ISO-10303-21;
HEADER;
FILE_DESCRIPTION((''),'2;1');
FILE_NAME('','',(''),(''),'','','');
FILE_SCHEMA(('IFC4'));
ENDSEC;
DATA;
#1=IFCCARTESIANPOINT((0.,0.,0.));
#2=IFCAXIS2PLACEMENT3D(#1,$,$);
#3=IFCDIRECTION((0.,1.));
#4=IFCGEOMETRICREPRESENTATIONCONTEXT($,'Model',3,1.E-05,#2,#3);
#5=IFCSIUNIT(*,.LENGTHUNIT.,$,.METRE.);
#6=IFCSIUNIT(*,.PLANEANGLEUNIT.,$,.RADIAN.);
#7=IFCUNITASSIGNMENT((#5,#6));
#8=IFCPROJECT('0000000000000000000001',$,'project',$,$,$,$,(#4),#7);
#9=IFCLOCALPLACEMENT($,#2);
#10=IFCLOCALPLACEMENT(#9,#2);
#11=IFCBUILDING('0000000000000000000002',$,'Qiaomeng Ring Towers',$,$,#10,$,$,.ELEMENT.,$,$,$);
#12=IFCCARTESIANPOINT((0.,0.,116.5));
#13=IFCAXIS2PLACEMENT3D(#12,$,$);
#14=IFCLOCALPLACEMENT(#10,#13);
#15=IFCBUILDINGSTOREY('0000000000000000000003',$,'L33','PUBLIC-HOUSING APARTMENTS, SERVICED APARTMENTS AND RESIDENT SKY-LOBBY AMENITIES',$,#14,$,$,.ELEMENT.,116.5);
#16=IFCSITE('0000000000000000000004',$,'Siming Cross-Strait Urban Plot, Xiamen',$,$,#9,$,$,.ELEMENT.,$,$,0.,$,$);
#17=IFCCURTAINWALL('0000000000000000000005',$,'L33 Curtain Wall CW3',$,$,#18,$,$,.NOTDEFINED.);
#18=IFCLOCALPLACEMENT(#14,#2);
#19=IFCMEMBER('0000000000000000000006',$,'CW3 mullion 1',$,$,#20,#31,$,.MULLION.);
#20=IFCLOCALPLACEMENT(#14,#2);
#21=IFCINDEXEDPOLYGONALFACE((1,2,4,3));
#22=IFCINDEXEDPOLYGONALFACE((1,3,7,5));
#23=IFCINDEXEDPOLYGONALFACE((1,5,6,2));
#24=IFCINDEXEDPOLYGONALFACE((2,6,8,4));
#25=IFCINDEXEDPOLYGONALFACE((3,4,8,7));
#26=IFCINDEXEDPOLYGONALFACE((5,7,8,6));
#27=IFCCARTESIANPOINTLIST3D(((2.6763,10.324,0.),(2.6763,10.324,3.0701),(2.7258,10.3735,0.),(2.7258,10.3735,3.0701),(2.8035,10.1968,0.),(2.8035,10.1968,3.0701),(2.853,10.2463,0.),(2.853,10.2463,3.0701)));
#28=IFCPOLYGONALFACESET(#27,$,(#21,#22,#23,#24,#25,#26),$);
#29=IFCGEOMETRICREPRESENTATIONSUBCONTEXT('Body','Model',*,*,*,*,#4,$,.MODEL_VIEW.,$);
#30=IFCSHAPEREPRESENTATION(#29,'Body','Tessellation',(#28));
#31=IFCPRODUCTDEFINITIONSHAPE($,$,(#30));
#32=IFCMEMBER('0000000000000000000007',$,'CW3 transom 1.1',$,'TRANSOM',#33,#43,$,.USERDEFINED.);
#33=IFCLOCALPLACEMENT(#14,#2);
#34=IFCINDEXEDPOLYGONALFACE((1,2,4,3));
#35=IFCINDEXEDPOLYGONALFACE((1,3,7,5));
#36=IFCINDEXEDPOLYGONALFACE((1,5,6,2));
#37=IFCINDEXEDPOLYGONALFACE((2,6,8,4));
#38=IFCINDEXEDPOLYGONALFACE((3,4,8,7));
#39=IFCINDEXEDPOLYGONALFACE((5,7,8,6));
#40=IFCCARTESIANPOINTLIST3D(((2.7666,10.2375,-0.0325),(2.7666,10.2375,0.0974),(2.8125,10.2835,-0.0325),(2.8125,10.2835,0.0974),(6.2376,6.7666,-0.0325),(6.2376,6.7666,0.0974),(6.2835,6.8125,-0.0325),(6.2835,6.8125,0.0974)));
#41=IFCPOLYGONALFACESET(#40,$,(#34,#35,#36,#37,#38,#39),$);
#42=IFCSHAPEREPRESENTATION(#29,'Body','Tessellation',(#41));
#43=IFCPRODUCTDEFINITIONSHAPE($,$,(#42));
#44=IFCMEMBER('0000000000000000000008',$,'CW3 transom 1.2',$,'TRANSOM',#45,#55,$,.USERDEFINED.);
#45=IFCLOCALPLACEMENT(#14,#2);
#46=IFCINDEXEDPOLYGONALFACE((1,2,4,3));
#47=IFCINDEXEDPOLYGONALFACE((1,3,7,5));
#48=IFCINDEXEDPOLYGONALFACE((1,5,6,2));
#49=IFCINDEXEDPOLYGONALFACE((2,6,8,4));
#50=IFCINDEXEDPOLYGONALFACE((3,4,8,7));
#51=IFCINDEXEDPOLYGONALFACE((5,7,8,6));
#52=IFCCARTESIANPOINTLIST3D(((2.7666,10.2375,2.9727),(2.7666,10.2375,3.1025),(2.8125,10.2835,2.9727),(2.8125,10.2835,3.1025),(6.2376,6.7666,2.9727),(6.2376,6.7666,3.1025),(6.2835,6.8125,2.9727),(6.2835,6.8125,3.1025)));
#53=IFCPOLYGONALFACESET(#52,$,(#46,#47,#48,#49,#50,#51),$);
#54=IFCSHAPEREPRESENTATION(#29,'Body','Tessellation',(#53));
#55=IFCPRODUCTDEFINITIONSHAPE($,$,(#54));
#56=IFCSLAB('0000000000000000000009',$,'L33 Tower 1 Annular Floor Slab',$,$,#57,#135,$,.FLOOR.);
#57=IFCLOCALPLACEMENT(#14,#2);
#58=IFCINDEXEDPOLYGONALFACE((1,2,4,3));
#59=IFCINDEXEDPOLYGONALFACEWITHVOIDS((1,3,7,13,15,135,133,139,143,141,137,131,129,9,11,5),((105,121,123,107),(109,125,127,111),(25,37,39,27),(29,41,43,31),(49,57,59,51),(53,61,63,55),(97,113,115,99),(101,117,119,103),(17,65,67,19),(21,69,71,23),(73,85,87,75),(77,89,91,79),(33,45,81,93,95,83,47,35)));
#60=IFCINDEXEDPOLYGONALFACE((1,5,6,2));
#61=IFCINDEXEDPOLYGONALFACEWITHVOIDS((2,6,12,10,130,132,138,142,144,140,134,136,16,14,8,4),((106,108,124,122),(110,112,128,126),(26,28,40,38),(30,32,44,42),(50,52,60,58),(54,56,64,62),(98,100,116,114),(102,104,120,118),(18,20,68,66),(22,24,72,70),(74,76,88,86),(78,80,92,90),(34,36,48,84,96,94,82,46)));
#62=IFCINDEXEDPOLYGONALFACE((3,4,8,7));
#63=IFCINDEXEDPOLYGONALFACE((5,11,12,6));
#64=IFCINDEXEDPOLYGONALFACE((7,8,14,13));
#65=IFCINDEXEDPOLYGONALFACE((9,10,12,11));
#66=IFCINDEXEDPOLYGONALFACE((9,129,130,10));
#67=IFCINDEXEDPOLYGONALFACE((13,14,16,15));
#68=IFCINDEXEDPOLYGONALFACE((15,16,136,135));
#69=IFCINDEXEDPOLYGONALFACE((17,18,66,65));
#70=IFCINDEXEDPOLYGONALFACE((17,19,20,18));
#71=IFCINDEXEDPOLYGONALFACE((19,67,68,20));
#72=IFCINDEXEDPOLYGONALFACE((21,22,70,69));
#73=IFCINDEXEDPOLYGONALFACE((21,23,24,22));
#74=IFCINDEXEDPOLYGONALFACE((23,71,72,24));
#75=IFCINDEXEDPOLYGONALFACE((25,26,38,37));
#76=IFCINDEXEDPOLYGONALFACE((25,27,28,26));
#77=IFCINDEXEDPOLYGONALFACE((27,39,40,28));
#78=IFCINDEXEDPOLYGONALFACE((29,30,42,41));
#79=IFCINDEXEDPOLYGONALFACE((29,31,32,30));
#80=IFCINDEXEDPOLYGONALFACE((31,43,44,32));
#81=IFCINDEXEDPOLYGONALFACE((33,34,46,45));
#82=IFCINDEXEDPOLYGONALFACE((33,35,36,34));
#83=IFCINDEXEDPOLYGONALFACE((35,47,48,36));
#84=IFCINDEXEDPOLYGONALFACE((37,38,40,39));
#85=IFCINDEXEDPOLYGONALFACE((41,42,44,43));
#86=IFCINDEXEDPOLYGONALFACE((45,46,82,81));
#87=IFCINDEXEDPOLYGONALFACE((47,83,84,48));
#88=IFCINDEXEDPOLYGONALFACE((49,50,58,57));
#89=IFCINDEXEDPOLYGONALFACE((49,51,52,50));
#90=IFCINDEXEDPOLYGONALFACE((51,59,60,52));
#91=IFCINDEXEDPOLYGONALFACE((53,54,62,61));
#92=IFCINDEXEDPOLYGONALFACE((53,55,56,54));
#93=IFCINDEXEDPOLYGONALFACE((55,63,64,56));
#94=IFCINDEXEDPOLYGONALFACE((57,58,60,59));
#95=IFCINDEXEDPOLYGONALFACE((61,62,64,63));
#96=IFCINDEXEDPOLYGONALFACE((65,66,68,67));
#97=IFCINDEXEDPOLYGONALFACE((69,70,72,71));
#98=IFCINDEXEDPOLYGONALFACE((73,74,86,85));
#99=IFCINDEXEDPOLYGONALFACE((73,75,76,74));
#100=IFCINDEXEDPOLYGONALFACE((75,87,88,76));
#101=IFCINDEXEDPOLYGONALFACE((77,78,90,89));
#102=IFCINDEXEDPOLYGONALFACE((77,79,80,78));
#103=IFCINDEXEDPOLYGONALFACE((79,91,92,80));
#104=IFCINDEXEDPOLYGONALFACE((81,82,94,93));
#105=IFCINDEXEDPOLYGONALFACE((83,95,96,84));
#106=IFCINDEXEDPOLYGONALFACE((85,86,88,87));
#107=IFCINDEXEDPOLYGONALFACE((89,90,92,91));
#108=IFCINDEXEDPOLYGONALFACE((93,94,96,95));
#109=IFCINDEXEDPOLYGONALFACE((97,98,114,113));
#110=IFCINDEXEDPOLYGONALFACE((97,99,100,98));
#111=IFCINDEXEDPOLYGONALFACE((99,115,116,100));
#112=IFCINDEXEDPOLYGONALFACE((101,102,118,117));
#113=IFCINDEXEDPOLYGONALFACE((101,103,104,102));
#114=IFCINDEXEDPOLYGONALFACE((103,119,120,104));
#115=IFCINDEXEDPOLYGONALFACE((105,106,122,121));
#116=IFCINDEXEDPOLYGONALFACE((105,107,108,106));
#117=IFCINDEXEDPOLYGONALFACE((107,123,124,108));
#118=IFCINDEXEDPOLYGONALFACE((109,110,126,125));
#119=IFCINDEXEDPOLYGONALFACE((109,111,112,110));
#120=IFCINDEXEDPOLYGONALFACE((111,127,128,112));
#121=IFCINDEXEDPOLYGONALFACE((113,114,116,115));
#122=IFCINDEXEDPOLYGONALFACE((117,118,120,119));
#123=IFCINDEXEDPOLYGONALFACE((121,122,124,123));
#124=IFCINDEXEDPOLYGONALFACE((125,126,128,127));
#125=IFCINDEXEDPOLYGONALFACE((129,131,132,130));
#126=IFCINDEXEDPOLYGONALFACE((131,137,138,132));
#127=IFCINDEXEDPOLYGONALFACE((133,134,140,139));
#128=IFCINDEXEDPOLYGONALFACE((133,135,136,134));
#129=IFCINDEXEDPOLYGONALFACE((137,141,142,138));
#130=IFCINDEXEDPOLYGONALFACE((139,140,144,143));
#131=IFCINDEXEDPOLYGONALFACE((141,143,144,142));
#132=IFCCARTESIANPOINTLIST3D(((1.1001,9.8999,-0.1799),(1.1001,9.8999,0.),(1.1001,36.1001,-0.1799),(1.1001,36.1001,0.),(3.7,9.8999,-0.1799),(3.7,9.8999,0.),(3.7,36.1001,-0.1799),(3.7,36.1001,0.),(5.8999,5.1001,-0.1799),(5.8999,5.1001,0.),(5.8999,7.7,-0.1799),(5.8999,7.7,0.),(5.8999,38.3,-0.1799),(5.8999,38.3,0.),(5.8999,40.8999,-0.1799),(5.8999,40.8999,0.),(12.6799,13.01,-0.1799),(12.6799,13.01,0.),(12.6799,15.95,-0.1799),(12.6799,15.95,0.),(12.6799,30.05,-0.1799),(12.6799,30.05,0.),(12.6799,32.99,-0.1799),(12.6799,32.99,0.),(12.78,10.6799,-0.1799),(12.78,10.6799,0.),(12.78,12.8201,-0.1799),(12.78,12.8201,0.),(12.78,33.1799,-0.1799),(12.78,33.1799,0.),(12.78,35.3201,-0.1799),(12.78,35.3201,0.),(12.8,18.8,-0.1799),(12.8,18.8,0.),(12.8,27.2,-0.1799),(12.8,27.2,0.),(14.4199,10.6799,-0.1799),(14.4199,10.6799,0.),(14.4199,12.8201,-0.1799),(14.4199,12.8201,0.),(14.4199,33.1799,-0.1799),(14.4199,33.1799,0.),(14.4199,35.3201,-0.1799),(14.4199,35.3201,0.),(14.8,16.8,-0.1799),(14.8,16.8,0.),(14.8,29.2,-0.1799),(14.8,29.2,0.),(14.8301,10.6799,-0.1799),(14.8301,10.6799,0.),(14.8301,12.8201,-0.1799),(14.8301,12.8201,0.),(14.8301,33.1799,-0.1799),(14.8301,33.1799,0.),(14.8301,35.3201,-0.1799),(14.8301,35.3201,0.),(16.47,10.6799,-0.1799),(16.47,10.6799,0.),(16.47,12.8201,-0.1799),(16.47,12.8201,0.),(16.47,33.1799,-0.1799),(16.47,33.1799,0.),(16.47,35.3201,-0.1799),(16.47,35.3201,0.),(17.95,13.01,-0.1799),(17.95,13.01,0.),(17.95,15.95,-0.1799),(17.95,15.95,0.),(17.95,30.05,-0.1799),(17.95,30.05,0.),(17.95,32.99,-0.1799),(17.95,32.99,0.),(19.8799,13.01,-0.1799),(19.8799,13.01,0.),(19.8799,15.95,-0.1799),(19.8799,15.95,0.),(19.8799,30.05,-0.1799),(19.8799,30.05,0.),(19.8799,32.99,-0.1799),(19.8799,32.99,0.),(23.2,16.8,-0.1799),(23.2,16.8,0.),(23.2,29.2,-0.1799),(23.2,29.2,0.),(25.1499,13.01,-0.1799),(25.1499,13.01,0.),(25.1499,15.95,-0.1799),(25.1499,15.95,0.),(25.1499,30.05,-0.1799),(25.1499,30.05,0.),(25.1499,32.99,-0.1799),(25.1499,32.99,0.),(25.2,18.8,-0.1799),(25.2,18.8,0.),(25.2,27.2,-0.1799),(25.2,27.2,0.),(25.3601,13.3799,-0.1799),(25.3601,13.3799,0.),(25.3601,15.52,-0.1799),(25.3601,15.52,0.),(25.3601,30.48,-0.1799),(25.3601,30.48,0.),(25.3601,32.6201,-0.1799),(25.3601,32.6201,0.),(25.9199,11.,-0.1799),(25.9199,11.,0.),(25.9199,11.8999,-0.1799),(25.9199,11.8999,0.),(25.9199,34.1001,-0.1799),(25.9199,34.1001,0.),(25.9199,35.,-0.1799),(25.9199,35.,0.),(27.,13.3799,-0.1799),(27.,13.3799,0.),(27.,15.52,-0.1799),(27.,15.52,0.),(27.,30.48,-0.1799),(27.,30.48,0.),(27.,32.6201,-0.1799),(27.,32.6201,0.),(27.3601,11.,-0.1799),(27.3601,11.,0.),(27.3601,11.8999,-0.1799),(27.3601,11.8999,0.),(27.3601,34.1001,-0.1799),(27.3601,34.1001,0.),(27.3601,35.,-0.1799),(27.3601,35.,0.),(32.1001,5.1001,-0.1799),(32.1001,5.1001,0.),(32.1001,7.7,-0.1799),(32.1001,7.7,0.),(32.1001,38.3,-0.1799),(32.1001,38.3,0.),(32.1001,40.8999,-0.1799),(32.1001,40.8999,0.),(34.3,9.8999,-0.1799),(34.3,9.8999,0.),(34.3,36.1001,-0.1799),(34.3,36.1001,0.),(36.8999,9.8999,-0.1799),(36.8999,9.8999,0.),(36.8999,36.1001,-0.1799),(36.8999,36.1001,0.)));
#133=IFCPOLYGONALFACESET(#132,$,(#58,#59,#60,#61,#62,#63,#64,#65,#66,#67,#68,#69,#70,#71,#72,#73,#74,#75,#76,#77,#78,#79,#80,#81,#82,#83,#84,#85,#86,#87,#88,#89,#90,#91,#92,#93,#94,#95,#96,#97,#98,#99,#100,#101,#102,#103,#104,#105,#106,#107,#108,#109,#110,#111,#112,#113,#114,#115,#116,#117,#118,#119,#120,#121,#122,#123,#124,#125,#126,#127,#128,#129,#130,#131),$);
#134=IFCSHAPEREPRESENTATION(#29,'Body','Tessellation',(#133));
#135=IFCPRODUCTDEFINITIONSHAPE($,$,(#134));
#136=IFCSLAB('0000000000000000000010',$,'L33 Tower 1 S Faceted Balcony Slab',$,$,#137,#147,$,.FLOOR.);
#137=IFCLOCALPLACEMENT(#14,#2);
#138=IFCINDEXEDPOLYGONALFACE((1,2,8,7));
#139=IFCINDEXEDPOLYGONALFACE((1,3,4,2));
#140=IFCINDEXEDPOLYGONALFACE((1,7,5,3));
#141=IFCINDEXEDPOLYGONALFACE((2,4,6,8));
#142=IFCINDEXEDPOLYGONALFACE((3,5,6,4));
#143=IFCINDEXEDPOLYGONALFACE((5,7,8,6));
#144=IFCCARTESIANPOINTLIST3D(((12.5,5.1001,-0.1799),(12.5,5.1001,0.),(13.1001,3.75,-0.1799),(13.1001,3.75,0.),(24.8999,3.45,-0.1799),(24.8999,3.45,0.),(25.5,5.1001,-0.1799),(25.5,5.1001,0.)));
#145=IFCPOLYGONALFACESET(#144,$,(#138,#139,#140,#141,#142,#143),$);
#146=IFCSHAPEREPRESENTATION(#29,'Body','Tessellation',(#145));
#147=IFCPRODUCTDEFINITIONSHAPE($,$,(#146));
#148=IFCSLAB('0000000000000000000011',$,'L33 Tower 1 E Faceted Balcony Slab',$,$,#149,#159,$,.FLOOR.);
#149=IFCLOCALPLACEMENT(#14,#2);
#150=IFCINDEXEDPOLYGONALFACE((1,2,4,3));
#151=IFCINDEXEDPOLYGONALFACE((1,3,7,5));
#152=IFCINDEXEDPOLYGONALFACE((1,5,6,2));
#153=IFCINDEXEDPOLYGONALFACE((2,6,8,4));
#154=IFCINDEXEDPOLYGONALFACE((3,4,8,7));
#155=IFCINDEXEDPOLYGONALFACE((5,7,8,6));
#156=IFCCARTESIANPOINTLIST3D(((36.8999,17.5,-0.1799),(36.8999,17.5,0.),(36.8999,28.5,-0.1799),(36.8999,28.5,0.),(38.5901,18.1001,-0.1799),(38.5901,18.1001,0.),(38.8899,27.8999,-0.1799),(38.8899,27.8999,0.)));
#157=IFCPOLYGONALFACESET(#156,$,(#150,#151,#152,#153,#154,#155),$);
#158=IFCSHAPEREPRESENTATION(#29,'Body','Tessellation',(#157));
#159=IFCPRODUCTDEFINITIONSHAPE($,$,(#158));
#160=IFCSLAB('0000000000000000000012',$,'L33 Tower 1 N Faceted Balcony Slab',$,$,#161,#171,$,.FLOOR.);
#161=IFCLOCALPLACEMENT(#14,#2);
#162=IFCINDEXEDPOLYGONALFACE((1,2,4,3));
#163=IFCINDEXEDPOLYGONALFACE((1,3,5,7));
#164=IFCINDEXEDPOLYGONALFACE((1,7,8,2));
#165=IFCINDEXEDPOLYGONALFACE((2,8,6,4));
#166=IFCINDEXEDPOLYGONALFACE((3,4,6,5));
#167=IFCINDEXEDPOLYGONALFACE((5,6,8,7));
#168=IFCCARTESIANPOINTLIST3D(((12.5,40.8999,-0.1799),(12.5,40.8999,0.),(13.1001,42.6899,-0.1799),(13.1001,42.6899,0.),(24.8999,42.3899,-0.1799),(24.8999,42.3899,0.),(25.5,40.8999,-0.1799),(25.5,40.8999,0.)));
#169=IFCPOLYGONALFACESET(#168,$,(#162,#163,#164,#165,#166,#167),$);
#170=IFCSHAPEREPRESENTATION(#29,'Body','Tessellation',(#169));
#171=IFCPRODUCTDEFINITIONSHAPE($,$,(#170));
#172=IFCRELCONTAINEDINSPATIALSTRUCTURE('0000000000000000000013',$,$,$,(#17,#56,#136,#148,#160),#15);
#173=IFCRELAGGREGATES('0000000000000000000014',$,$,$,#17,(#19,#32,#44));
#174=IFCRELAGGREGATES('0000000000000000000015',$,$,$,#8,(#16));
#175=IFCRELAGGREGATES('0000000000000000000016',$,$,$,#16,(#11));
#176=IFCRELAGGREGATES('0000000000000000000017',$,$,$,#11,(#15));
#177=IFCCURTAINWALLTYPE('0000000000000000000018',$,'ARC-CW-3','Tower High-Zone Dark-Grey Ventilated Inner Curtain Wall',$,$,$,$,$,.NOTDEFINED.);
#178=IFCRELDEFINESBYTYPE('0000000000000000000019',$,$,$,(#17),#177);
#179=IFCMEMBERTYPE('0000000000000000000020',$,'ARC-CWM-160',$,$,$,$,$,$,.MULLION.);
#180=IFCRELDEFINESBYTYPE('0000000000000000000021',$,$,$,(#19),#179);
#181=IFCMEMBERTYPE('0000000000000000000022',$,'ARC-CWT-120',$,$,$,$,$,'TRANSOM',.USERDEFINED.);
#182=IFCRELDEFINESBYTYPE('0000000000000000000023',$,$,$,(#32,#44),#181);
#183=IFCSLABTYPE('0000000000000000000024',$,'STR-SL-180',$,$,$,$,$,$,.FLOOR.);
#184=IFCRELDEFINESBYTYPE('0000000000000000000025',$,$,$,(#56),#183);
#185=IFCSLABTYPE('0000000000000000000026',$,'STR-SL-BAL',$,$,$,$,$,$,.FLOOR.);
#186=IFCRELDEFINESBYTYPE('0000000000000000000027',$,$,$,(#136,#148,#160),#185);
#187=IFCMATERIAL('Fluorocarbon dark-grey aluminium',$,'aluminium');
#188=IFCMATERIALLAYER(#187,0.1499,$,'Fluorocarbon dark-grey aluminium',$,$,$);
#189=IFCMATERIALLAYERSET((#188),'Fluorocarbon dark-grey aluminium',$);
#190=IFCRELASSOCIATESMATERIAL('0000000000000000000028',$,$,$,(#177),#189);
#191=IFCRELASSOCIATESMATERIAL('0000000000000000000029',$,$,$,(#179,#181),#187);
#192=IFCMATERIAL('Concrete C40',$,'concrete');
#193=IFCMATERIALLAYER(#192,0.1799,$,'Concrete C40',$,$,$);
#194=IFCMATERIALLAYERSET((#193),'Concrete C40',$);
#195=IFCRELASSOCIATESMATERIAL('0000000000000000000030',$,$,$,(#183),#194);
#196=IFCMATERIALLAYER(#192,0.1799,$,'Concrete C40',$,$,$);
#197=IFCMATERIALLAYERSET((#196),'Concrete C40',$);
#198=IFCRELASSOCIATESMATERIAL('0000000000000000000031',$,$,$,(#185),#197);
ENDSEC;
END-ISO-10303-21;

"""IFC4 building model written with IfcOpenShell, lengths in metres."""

from ifc_helpers import new_model, si_unit, direction, frame, origin, origin_2d, place, context, subcontext, project, spatial, polyline, rectangle, outline, extrude, source, transform, mapped, material, layer, layer_set, material_profile, profile_set, type_object, element, aggregate, save


model = new_model("IFC4")

# Units and contexts
model_context = context("Model", 3, precision=1e-05, world=origin(), true_north=direction((0.0, 1.0)))
body_context = subcontext(model_context, "Body", "Model", "MODEL_VIEW")
ifc_project = project(units=[si_unit("LENGTHUNIT", "METRE"), si_unit("PLANEANGLEUNIT", "RADIAN")], contexts=[model_context])

# Site, building, storey
site_placement = place(None, origin())
site = spatial("IfcSite", under=ifc_project, at=site_placement, Name="Siming Cross-Strait Urban Plot, Xiamen", CompositionType="ELEMENT", RefElevation=0.0)
building_placement = place(site_placement, origin())
building = spatial("IfcBuilding", under=site, at=building_placement, Name="Qiaomeng Ring Towers", CompositionType="ELEMENT")
storey_placement = place(building_placement, frame((0.0, 0.0, 116.5)))
storey = spatial("IfcBuildingStorey", under=building, at=storey_placement, Name="L33", Description="PUBLIC-HOUSING APARTMENTS, SERVICED APARTMENTS AND RESIDENT SKY-LOBBY AMENITIES", CompositionType="ELEMENT", Elevation=116.5)

# Curtain wall, members
ifc_material_1 = material(Name="Fluorocarbon dark-grey aluminium", Category="aluminium")
ifc_layer_1 = layer(ifc_material_1, 0.1499, Name="Fluorocarbon dark-grey aluminium")
ifc_layer_set_1 = layer_set([ifc_layer_1], Name="Fluorocarbon dark-grey aluminium")
curtain_wall_type = type_object("IfcCurtainWallType", Name="ARC-CW-3", Description="Tower High-Zone Dark-Grey Ventilated Inner Curtain Wall", PredefinedType="NOTDEFINED", material=ifc_layer_set_1)
curtain_wall_placement = place(storey_placement, origin())
curtain_wall = element("IfcCurtainWall", 1, at=curtain_wall_placement, inside=storey, type_object=curtain_wall_type, Name="L33 Curtain Wall CW3", PredefinedType="NOTDEFINED")
ifc_material_profile_1 = material_profile(ifc_material_1, rectangle(XDim=0.0701, YDim=0.1799, at=origin_2d()), Name="ALU MULL 70x180")
ifc_profile_set_1 = profile_set([ifc_material_profile_1], Name="Fluorocarbon dark-grey aluminium")
member_type_1 = type_object("IfcMemberType", Name="ARC-CWM-160", PredefinedType="MULLION", material=ifc_profile_set_1)
shared_shape_1 = source(origin(), body_context, "Body", "SweptSolid", [
    extrude(rectangle(XDim=0.0701, YDim=0.1799, at=origin_2d()), origin(), (0.0, 0.0, 1.0), 3.0701),
])
member_1_placement = place(storey_placement, frame((2.7646, 10.2852, 0.0), z_axis=(0.0, 0.0, 1.0), x_axis=(0.707107, 0.707107, 0.0)))
member_1 = element("IfcMember", 2, at=member_1_placement, type_object=member_type_1, Name="CW3 mullion 1", PredefinedType="MULLION", context=body_context, shape_type="MappedRepresentation", body=[
    mapped(shared_shape_1, transform((0.0, 0.0, 0.0), x_axis=(1.0, 0.0, 0.0), y_axis=(0.0, 1.0, 0.0), z_axis=(0.0, 0.0, 1.0), scale=1.0)),
])
ifc_material_profile_2 = material_profile(ifc_material_1, rectangle(XDim=0.0649, YDim=0.1299, at=origin_2d()), Name="ALU TRAN 65x130")
ifc_profile_set_2 = profile_set([ifc_material_profile_2], Name="Fluorocarbon dark-grey aluminium")
member_type_2 = type_object("IfcMemberType", Name="ARC-CWT-120", ElementType="TRANSOM", PredefinedType="USERDEFINED", material=ifc_profile_set_2)
shared_shape_2 = source(origin(), body_context, "Body", "SweptSolid", [
    extrude(rectangle(XDim=0.0649, YDim=0.1299, at=origin_2d()), origin(), (0.0, 0.0, 1.0), 4.9087),
])
member_2_placement = place(storey_placement, frame((2.7896, 10.2605, 0.0325), z_axis=(0.707107, -0.707107, 0.0), x_axis=(0.707107, 0.707107, 0.0)))
member_2 = element("IfcMember", 3, at=member_2_placement, type_object=member_type_2, Name="CW3 transom 1.1", ObjectType="TRANSOM", PredefinedType="USERDEFINED", context=body_context, shape_type="MappedRepresentation", body=[
    mapped(shared_shape_2, transform((0.0, 0.0, 0.0), x_axis=(1.0, 0.0, 0.0), y_axis=(0.0, 1.0, 0.0), z_axis=(0.0, 0.0, 1.0), scale=1.0)),
])
member_3_placement = place(storey_placement, frame((2.7896, 10.2605, 3.0376), z_axis=(0.707107, -0.707107, 0.0), x_axis=(0.707107, 0.707107, 0.0)))
member_3 = element("IfcMember", 4, at=member_3_placement, type_object=member_type_2, Name="CW3 transom 1.2", ObjectType="TRANSOM", PredefinedType="USERDEFINED", context=body_context, shape_type="MappedRepresentation", body=[
    mapped(shared_shape_2, transform((0.0, 0.0, 0.0), x_axis=(1.0, 0.0, 0.0), y_axis=(0.0, 1.0, 0.0), z_axis=(0.0, 0.0, 1.0), scale=1.0)),
])
aggregate(curtain_wall, [member_1, member_2, member_3])

# Slabs
ifc_material_2 = material(Name="Concrete C40", Category="concrete")
ifc_layer_2 = layer(ifc_material_2, 0.1799, Name="Concrete C40")
ifc_layer_set_2 = layer_set([ifc_layer_2], Name="Concrete C40")
slab_type_1 = type_object("IfcSlabType", Name="STR-SL-180", PredefinedType="FLOOR", material=ifc_layer_set_2)
slab_1_placement = place(storey_placement, frame((0.0, 0.0, -0.1799)))
element("IfcSlab", 5, at=slab_1_placement, inside=storey, type_object=slab_type_1, Name="L33 Tower 1 Annular Floor Slab", PredefinedType="FLOOR", context=body_context, shape_type="SweptSolid", body=[
    extrude(outline(polyline([(5.8999, 5.1001), (32.1001, 5.1001), (32.1001, 7.7), (34.3, 9.8999), (36.8999, 9.8999), (36.8999, 36.1001), (34.3, 36.1001), (32.1001, 38.3), (32.1001, 40.8999), (5.8999, 40.8999), (5.8999, 38.3), (3.7, 36.1001), (1.1001, 36.1001), (1.1001, 9.8999), (3.7, 9.8999), (5.8999, 7.7), (5.8999, 5.1001)]), holes=[polyline([(12.78, 10.6799), (12.78, 12.8201), (14.4199, 12.8201), (14.4199, 10.6799), (12.78, 10.6799)]), polyline([(14.8301, 12.8201), (16.47, 12.8201), (16.47, 10.6799), (14.8301, 10.6799), (14.8301, 12.8201)]), polyline([(12.6799, 15.95), (17.95, 15.95), (17.95, 13.01), (12.6799, 13.01), (12.6799, 15.95)]), polyline([(23.2, 29.2), (25.2, 27.2), (25.2, 18.8), (23.2, 16.8), (14.8, 16.8), (12.8, 18.8), (12.8, 27.2), (14.8, 29.2), (23.2, 29.2)]), polyline([(12.6799, 32.99), (17.95, 32.99), (17.95, 30.05), (12.6799, 30.05), (12.6799, 32.99)]), polyline([(12.78, 35.3201), (14.4199, 35.3201), (14.4199, 33.1799), (12.78, 33.1799), (12.78, 35.3201)]), polyline([(14.8301, 33.1799), (14.8301, 35.3201), (16.47, 35.3201), (16.47, 33.1799), (14.8301, 33.1799)]), polyline([(25.9199, 11.8999), (27.3601, 11.8999), (27.3601, 11.0), (25.9199, 11.0), (25.9199, 11.8999)]), polyline([(25.3601, 15.52), (27.0, 15.52), (27.0, 13.3799), (25.3601, 13.3799), (25.3601, 15.52)]), polyline([(19.8799, 15.95), (25.1499, 15.95), (25.1499, 13.01), (19.8799, 13.01), (19.8799, 15.95)]), polyline([(19.8799, 32.99), (25.1499, 32.99), (25.1499, 30.05), (19.8799, 30.05), (19.8799, 32.99)]), polyline([(25.3601, 32.6201), (27.0, 32.6201), (27.0, 30.48), (25.3601, 30.48), (25.3601, 32.6201)]), polyline([(25.9199, 35.0), (27.3601, 35.0), (27.3601, 34.1001), (25.9199, 34.1001), (25.9199, 35.0)])]), origin(), (0.0, 0.0, 1.0), 0.1799),
])
ifc_layer_3 = layer(ifc_material_2, 0.1799, Name="Concrete C40")
ifc_layer_set_3 = layer_set([ifc_layer_3], Name="Concrete C40")
slab_type_2 = type_object("IfcSlabType", Name="STR-SL-BAL", PredefinedType="FLOOR", material=ifc_layer_set_3)
slab_2_placement = place(storey_placement, frame((0.0, 0.0, -0.1799)))
element("IfcSlab", 6, at=slab_2_placement, inside=storey, type_object=slab_type_2, Name="L33 Tower 1 S Faceted Balcony Slab", PredefinedType="FLOOR", context=body_context, shape_type="SweptSolid", body=[
    extrude(outline(polyline([(24.8999, 3.45), (13.1001, 3.75), (12.5, 5.1001), (25.5, 5.1001), (24.8999, 3.45)])), origin(), (0.0, 0.0, 1.0), 0.1799),
])
slab_3_placement = place(storey_placement, frame((0.0, 0.0, -0.1799)))
element("IfcSlab", 7, at=slab_3_placement, inside=storey, type_object=slab_type_2, Name="L33 Tower 1 E Faceted Balcony Slab", PredefinedType="FLOOR", context=body_context, shape_type="SweptSolid", body=[
    extrude(outline(polyline([(38.8899, 27.8999), (38.5901, 18.1001), (36.8999, 17.5), (36.8999, 28.5), (38.8899, 27.8999)])), origin(), (0.0, 0.0, 1.0), 0.1799),
])
slab_4_placement = place(storey_placement, frame((0.0, 0.0, -0.1799)))
element("IfcSlab", 8, at=slab_4_placement, inside=storey, type_object=slab_type_2, Name="L33 Tower 1 N Faceted Balcony Slab", PredefinedType="FLOOR", context=body_context, shape_type="SweptSolid", body=[
    extrude(outline(polyline([(12.5, 40.8999), (13.1001, 42.6899), (24.8999, 42.3899), (25.5, 40.8999), (12.5, 40.8999)])), origin(), (0.0, 0.0, 1.0), 0.1799),
])

save(model, "model.ifc")
